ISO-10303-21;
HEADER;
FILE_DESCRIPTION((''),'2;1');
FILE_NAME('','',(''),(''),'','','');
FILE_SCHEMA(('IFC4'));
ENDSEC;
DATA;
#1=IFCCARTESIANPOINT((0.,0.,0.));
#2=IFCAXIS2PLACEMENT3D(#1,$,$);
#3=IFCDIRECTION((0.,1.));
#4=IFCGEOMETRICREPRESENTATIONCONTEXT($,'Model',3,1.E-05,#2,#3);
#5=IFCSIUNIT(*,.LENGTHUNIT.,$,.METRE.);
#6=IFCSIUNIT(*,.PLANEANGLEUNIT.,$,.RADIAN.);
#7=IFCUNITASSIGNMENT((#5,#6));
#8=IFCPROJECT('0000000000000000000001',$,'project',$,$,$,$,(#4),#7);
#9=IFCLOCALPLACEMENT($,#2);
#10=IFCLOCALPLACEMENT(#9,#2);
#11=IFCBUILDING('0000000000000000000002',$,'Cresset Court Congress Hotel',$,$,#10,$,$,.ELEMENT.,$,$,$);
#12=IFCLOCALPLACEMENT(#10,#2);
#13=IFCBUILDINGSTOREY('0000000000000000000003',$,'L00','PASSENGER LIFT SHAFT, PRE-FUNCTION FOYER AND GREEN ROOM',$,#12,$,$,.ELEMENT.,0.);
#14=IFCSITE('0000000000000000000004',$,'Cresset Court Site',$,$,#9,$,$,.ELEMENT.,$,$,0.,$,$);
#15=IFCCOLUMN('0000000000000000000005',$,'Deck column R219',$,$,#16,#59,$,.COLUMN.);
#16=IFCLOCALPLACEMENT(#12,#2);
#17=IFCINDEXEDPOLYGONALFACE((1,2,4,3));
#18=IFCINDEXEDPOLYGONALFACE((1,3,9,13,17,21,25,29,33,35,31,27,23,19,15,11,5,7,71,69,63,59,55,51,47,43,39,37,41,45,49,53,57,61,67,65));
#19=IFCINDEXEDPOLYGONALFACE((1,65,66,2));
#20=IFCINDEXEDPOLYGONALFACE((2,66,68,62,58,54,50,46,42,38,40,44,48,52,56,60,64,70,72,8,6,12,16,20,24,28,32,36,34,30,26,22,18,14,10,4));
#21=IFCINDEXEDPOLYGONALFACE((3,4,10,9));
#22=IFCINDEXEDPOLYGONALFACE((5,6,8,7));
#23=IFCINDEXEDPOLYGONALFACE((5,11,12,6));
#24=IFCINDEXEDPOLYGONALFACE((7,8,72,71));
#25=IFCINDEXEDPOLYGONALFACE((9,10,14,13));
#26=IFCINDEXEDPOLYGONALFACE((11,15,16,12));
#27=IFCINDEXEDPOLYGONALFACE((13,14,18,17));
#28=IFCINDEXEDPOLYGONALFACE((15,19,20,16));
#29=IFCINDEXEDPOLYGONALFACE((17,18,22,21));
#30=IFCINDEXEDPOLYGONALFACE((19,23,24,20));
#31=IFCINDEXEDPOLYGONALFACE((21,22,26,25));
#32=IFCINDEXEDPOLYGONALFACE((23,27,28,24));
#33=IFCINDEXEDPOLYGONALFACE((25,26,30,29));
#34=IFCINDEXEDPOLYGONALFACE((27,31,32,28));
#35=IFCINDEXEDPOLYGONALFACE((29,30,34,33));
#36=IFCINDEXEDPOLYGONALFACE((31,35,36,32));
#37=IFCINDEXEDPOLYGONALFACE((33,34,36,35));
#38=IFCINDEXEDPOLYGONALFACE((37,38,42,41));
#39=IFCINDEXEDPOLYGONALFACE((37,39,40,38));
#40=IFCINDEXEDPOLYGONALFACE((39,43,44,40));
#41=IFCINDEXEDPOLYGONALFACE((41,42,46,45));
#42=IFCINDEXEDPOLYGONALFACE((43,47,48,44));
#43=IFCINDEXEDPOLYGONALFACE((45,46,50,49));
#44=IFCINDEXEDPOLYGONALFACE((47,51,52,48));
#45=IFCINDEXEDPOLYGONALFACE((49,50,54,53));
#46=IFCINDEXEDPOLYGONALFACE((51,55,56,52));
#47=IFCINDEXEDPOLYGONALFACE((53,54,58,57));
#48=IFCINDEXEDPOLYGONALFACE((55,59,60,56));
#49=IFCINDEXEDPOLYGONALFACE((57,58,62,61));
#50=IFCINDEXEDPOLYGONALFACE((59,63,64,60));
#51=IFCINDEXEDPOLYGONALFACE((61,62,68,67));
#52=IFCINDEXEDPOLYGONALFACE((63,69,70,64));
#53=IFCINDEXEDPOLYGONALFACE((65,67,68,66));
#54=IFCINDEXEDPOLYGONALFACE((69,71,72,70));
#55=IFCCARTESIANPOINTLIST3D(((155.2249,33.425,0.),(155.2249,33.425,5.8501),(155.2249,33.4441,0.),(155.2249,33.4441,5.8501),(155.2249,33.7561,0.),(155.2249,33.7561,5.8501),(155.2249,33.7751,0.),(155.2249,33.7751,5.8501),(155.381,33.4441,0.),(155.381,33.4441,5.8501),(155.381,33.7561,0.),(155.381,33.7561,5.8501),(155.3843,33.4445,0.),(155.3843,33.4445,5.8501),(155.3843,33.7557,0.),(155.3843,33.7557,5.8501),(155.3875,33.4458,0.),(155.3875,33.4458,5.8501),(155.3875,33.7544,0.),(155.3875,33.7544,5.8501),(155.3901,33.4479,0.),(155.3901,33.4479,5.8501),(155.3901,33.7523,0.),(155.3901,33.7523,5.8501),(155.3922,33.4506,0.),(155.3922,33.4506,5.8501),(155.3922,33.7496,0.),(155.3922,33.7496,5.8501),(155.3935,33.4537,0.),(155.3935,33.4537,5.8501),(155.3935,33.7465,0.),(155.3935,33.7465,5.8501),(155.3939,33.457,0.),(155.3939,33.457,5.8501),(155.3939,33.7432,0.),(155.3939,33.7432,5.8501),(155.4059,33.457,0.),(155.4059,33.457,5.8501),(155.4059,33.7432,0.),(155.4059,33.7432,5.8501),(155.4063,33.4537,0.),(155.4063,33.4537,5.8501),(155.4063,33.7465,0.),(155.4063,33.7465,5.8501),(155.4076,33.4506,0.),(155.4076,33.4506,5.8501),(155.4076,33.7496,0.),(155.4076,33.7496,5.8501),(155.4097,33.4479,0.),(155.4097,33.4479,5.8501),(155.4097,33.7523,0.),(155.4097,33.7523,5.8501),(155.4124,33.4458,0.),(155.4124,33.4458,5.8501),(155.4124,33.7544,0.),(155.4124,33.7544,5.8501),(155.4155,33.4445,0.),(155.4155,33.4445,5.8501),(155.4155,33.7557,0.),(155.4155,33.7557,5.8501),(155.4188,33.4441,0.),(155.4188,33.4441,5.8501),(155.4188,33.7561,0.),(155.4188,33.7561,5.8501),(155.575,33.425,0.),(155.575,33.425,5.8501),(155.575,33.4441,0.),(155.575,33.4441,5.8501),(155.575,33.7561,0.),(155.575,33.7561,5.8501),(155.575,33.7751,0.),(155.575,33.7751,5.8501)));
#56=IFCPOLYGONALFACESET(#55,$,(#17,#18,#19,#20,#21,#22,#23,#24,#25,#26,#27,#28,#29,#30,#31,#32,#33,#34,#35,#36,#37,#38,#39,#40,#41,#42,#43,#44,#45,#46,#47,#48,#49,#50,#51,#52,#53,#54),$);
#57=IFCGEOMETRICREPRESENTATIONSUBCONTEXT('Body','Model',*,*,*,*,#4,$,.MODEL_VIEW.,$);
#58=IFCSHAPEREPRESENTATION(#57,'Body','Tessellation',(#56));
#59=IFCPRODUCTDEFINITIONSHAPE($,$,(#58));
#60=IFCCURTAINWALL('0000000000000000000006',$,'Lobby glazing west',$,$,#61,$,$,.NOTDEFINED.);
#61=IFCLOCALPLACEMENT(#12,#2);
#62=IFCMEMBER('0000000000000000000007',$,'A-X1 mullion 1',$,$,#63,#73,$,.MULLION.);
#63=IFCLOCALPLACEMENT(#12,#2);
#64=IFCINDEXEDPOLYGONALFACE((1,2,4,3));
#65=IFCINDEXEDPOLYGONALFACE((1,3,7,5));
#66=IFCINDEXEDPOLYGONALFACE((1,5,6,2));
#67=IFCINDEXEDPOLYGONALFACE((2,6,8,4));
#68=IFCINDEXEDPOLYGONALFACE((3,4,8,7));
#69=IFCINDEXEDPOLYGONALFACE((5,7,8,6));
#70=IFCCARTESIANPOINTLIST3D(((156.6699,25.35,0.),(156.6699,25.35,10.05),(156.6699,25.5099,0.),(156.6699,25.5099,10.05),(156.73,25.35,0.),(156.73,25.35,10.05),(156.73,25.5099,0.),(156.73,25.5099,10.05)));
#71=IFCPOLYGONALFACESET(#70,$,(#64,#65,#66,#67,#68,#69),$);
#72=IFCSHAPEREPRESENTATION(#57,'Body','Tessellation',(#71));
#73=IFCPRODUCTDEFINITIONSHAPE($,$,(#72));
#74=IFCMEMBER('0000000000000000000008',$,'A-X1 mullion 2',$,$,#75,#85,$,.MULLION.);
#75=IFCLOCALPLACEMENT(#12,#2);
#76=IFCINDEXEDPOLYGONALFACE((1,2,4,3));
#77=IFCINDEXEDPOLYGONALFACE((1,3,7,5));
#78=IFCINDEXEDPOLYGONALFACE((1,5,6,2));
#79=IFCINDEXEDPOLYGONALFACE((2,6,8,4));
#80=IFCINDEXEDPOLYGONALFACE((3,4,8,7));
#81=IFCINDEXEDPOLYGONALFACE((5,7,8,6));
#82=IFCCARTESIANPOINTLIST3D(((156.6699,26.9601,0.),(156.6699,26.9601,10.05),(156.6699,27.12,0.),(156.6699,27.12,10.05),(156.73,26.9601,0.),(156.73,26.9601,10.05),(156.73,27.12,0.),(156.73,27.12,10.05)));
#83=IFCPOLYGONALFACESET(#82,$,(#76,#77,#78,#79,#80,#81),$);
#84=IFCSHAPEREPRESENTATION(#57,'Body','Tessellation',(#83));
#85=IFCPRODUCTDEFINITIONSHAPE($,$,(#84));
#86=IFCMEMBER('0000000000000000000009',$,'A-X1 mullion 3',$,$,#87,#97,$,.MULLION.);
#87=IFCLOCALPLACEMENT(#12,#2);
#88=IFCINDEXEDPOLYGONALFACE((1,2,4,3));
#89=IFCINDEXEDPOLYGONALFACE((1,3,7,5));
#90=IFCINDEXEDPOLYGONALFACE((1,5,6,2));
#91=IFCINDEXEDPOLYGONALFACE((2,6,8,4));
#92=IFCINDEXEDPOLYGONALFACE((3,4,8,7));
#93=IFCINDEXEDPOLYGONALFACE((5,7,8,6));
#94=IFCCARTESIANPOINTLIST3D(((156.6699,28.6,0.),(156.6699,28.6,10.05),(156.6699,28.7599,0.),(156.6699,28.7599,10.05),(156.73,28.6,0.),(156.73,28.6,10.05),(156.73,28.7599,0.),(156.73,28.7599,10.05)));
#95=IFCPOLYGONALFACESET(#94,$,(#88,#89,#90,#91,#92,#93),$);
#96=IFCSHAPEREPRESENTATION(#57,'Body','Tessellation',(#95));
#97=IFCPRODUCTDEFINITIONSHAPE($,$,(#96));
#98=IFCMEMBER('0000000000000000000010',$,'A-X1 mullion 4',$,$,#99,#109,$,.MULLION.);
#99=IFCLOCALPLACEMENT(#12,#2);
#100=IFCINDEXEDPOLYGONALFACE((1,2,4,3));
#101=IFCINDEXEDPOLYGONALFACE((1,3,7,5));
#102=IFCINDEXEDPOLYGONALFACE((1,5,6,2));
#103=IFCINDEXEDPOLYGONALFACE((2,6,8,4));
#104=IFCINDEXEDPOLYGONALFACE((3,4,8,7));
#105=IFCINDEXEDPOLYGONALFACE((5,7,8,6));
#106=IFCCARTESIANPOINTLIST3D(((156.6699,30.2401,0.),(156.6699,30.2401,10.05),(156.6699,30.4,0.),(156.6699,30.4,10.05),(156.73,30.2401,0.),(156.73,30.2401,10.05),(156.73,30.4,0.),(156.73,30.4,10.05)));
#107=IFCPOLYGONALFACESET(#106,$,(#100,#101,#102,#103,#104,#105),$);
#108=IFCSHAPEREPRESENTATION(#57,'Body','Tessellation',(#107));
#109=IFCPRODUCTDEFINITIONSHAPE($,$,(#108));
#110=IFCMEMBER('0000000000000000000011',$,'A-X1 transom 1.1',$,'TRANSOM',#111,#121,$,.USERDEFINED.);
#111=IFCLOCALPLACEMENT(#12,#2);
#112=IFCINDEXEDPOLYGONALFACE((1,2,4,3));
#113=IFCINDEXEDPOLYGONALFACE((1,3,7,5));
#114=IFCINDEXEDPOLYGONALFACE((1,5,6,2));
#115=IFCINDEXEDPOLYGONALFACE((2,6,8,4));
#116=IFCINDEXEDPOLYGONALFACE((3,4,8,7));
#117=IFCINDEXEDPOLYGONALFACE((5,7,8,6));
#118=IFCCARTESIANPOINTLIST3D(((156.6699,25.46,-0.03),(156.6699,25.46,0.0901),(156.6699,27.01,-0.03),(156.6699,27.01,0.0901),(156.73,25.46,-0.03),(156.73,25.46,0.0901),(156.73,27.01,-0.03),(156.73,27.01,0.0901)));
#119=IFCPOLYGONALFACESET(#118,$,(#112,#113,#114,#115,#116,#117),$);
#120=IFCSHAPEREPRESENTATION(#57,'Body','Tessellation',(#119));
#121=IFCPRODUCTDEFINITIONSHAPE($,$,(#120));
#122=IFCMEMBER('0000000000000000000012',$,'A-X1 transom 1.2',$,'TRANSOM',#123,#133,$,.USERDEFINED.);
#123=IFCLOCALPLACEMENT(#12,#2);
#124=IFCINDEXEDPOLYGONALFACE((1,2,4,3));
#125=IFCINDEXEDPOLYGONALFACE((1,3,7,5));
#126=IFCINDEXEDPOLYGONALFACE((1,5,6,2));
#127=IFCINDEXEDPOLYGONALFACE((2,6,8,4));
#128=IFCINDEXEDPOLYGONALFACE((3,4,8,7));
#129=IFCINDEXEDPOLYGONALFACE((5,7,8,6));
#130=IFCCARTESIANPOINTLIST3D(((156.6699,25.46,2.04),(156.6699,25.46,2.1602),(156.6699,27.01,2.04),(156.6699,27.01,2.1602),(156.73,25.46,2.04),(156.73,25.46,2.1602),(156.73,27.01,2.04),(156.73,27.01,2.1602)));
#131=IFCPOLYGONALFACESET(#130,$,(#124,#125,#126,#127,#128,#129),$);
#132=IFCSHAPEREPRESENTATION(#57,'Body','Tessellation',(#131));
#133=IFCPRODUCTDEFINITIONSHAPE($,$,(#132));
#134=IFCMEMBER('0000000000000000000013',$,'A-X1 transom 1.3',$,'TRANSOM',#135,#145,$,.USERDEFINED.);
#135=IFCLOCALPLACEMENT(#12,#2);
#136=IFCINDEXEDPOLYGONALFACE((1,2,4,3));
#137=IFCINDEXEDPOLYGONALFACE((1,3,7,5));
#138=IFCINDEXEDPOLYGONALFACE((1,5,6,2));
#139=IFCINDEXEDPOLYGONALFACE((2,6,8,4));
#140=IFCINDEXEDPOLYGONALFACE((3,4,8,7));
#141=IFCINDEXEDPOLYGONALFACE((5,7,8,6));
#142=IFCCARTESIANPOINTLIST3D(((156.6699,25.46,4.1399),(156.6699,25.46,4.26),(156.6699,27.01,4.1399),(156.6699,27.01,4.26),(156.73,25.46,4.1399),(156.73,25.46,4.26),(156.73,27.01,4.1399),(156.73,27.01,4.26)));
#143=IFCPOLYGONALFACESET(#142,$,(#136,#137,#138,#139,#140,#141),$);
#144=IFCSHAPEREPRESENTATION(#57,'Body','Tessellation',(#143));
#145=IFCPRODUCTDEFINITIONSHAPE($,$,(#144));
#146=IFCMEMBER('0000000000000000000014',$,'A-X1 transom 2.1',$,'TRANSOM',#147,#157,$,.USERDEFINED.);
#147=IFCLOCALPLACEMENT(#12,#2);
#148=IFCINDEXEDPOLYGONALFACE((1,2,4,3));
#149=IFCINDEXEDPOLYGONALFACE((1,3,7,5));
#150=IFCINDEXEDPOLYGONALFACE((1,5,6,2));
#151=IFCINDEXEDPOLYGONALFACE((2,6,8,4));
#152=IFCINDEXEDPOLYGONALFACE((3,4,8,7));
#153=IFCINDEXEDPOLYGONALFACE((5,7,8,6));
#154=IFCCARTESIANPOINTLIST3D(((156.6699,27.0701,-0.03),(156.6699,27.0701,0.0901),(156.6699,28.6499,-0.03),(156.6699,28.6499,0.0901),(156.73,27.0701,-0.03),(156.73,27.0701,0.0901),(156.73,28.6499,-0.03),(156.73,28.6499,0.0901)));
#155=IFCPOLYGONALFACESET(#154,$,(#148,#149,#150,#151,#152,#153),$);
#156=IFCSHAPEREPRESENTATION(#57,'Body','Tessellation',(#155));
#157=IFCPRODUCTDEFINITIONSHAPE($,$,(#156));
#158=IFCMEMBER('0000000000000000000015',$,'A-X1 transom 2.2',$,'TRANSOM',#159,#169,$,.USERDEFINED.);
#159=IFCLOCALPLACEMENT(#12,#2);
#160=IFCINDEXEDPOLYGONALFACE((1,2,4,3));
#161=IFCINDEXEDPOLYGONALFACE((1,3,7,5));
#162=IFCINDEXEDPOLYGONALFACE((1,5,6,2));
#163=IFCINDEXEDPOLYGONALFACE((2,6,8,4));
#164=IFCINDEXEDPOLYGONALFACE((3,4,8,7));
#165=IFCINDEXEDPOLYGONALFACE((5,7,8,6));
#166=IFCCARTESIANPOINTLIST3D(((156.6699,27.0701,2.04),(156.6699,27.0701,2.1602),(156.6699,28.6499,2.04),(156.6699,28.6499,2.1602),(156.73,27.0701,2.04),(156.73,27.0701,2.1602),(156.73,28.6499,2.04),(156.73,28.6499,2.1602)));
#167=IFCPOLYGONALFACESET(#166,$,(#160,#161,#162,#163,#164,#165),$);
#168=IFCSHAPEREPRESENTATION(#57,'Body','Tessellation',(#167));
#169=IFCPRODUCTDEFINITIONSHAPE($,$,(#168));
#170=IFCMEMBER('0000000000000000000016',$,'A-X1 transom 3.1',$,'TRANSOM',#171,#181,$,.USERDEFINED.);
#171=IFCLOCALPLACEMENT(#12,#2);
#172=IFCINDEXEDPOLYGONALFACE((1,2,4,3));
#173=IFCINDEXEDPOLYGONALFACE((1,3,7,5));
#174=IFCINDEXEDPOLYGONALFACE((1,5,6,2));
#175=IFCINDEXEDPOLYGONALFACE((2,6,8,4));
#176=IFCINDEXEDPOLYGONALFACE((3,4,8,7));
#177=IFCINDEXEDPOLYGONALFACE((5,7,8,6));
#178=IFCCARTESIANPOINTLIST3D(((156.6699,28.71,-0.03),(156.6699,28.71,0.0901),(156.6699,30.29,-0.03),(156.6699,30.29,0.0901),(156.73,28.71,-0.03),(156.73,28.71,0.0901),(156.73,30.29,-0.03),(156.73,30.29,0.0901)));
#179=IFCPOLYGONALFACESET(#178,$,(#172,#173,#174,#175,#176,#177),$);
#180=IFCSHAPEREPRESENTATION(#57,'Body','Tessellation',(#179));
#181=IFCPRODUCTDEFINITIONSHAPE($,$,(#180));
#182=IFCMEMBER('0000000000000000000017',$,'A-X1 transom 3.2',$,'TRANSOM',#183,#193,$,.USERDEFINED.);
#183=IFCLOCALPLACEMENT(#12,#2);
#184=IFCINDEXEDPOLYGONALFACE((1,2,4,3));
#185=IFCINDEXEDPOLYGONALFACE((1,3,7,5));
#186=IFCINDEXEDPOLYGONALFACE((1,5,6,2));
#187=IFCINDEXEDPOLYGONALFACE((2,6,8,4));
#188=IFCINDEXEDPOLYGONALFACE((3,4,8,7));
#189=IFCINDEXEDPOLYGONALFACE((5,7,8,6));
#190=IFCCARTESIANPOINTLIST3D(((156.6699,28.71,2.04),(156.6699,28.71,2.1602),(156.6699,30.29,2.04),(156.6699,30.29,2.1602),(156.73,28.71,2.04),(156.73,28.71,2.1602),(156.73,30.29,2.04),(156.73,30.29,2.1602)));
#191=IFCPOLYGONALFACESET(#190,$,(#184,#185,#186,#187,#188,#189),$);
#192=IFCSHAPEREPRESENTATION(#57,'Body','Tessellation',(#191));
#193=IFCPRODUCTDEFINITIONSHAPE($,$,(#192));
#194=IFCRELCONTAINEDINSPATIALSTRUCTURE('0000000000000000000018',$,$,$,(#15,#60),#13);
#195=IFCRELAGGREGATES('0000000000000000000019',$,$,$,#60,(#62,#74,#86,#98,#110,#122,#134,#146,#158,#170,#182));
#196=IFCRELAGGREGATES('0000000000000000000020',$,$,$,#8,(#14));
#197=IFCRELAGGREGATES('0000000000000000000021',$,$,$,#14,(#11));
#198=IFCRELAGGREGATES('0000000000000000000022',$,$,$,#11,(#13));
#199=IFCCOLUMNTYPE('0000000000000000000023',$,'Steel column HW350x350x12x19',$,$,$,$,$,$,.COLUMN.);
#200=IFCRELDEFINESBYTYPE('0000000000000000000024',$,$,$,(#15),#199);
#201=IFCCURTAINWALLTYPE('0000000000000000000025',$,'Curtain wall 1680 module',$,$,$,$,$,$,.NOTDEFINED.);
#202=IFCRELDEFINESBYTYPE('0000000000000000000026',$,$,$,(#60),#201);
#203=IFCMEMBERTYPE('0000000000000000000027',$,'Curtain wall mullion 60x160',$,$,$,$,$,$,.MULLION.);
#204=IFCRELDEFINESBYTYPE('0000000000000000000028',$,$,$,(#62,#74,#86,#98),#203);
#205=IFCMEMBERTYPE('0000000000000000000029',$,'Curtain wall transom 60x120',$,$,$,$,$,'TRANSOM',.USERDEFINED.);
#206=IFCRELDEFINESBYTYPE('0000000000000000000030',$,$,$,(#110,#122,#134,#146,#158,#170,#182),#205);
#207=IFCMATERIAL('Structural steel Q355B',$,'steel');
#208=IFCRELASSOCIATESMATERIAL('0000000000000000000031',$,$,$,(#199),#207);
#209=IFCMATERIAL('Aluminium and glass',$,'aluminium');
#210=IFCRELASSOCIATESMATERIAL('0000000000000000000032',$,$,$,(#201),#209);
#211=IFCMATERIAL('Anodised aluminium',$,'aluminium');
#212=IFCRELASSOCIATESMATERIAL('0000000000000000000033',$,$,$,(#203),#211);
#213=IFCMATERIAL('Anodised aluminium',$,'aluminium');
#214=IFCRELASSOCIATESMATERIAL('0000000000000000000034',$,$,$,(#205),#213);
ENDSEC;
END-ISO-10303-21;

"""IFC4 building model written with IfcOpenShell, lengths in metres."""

from ifc_helpers import new_model, si_unit, direction, frame, origin, origin_2d, place, context, subcontext, project, spatial, rectangle, i_section, extrude, material, material_profile, profile_set, type_object, element, aggregate, save


model = new_model("IFC4")

# Units and contexts
model_context = context("Model", 3, precision=1e-05, world=origin(), true_north=direction((0.0, 1.0)))
body_context = subcontext(model_context, "Body", "Model", "MODEL_VIEW")
ifc_project = project(units=[si_unit("LENGTHUNIT", "METRE"), si_unit("PLANEANGLEUNIT", "RADIAN")], contexts=[model_context])

# Site, building, storey
site_placement = place(None, origin())
site = spatial("IfcSite", under=ifc_project, at=site_placement, Name="Cresset Court Site", CompositionType="ELEMENT", RefElevation=0.0)
building_placement = place(site_placement, origin())
building = spatial("IfcBuilding", under=site, at=building_placement, Name="Cresset Court Congress Hotel", CompositionType="ELEMENT")
storey_placement = place(building_placement, origin())
storey = spatial("IfcBuildingStorey", under=building, at=storey_placement, Name="L00", Description="PASSENGER LIFT SHAFT, PRE-FUNCTION FOYER AND GREEN ROOM", CompositionType="ELEMENT", Elevation=0.0)

# Column
ifc_material_1 = material(Name="Structural steel Q355B", Category="steel")
ifc_material_profile_1 = material_profile(ifc_material_1, i_section(OverallWidth=0.3501, OverallDepth=0.3501, WebThickness=0.012, FlangeThickness=0.019, FilletRadius=0.0129, at=origin_2d()), Name="HW350x350x12x19")
ifc_profile_set_1 = profile_set([ifc_material_profile_1], Name="Structural steel Q355B")
column_type = type_object("IfcColumnType", Name="Steel column HW350x350x12x19", PredefinedType="COLUMN", material=ifc_profile_set_1)
column_placement = place(storey_placement, frame((155.3999, 33.6001, 0.0), z_axis=(0.0, 0.0, 1.0), x_axis=(1.0, 0.0, 0.0)))
element("IfcColumn", 1, at=column_placement, inside=storey, type_object=column_type, Name="Deck column R219", PredefinedType="COLUMN", context=body_context, shape_type="SweptSolid", body=[
    extrude(i_section(OverallWidth=0.3501, OverallDepth=0.3501, WebThickness=0.012, FlangeThickness=0.019, FilletRadius=0.0129, at=origin_2d()), origin(), (0.0, 0.0, 1.0), 5.8501),
])

# Curtain wall, members
ifc_material_2 = material(Name="Aluminium and glass", Category="aluminium")
curtain_wall_type = type_object("IfcCurtainWallType", Name="Curtain wall 1680 module", PredefinedType="NOTDEFINED", material=ifc_material_2)
curtain_wall_placement = place(storey_placement, origin())
curtain_wall = element("IfcCurtainWall", 2, at=curtain_wall_placement, inside=storey, type_object=curtain_wall_type, Name="Lobby glazing west", PredefinedType="NOTDEFINED")
ifc_material_3 = material(Name="Anodised aluminium", Category="aluminium")
ifc_material_profile_2 = material_profile(ifc_material_3, rectangle(XDim=0.0601, YDim=0.1599, at=origin_2d()), Name="AL60x160")
ifc_profile_set_2 = profile_set([ifc_material_profile_2], Name="Anodised aluminium")
member_type_1 = type_object("IfcMemberType", Name="Curtain wall mullion 60x160", PredefinedType="MULLION", material=ifc_profile_set_2)
member_1_placement = place(storey_placement, frame((156.7, 25.4299, 0.0), z_axis=(0.0, 0.0, 1.0), x_axis=(-1.0, 0.0, 0.0)))
member_1 = element("IfcMember", 3, at=member_1_placement, type_object=member_type_1, Name="A-X1 mullion 1", PredefinedType="MULLION", context=body_context, shape_type="SweptSolid", body=[
    extrude(rectangle(XDim=0.0601, YDim=0.1599, at=origin_2d()), origin(), (0.0, 0.0, 1.0), 10.05),
])
member_2_placement = place(storey_placement, frame((156.7, 27.04, 0.0), z_axis=(0.0, 0.0, 1.0), x_axis=(-1.0, 0.0, 0.0)))
member_2 = element("IfcMember", 4, at=member_2_placement, type_object=member_type_1, Name="A-X1 mullion 2", PredefinedType="MULLION", context=body_context, shape_type="SweptSolid", body=[
    extrude(rectangle(XDim=0.0601, YDim=0.1599, at=origin_2d()), origin(), (0.0, 0.0, 1.0), 10.05),
])
member_3_placement = place(storey_placement, frame((156.7, 28.6799, 0.0), z_axis=(0.0, 0.0, 1.0), x_axis=(-1.0, 0.0, 0.0)))
member_3 = element("IfcMember", 5, at=member_3_placement, type_object=member_type_1, Name="A-X1 mullion 3", PredefinedType="MULLION", context=body_context, shape_type="SweptSolid", body=[
    extrude(rectangle(XDim=0.0601, YDim=0.1599, at=origin_2d()), origin(), (0.0, 0.0, 1.0), 10.05),
])
member_4_placement = place(storey_placement, frame((156.7, 30.3201, 0.0), z_axis=(0.0, 0.0, 1.0), x_axis=(-1.0, 0.0, 0.0)))
member_4 = element("IfcMember", 6, at=member_4_placement, type_object=member_type_1, Name="A-X1 mullion 4", PredefinedType="MULLION", context=body_context, shape_type="SweptSolid", body=[
    extrude(rectangle(XDim=0.0601, YDim=0.1599, at=origin_2d()), origin(), (0.0, 0.0, 1.0), 10.05),
])
ifc_material_4 = material(Name="Anodised aluminium", Category="aluminium")
ifc_material_profile_3 = material_profile(ifc_material_4, rectangle(XDim=0.0601, YDim=0.1201, at=origin_2d()), Name="AL60x120")
ifc_profile_set_3 = profile_set([ifc_material_profile_3], Name="Anodised aluminium")
member_type_2 = type_object("IfcMemberType", Name="Curtain wall transom 60x120", ElementType="TRANSOM", PredefinedType="USERDEFINED", material=ifc_profile_set_3)
member_5_placement = place(storey_placement, frame((156.7, 25.46, 0.03), z_axis=(0.0, 1.0, 0.0), x_axis=(-1.0, 0.0, 0.0)))
member_5 = element("IfcMember", 7, at=member_5_placement, type_object=member_type_2, Name="A-X1 transom 1.1", ObjectType="TRANSOM", PredefinedType="USERDEFINED", context=body_context, shape_type="SweptSolid", body=[
    extrude(rectangle(XDim=0.0601, YDim=0.1201, at=origin_2d()), origin(), (0.0, 0.0, 1.0), 1.55),
])
member_6_placement = place(storey_placement, frame((156.7, 25.46, 2.1001), z_axis=(0.0, 1.0, 0.0), x_axis=(-1.0, 0.0, 0.0)))
member_6 = element("IfcMember", 8, at=member_6_placement, type_object=member_type_2, Name="A-X1 transom 1.2", ObjectType="TRANSOM", PredefinedType="USERDEFINED", context=body_context, shape_type="SweptSolid", body=[
    extrude(rectangle(XDim=0.0601, YDim=0.1201, at=origin_2d()), origin(), (0.0, 0.0, 1.0), 1.55),
])
member_7_placement = place(storey_placement, frame((156.7, 25.46, 4.2), z_axis=(0.0, 1.0, 0.0), x_axis=(-1.0, 0.0, 0.0)))
member_7 = element("IfcMember", 9, at=member_7_placement, type_object=member_type_2, Name="A-X1 transom 1.3", ObjectType="TRANSOM", PredefinedType="USERDEFINED", context=body_context, shape_type="SweptSolid", body=[
    extrude(rectangle(XDim=0.0601, YDim=0.1201, at=origin_2d()), origin(), (0.0, 0.0, 1.0), 1.55),
])
member_8_placement = place(storey_placement, frame((156.7, 27.0701, 0.03), z_axis=(0.0, 1.0, 0.0), x_axis=(-1.0, 0.0, 0.0)))
member_8 = element("IfcMember", 10, at=member_8_placement, type_object=member_type_2, Name="A-X1 transom 2.1", ObjectType="TRANSOM", PredefinedType="USERDEFINED", context=body_context, shape_type="SweptSolid", body=[
    extrude(rectangle(XDim=0.0601, YDim=0.1201, at=origin_2d()), origin(), (0.0, 0.0, 1.0), 1.5798),
])
member_9_placement = place(storey_placement, frame((156.7, 27.0701, 2.1001), z_axis=(0.0, 1.0, 0.0), x_axis=(-1.0, 0.0, 0.0)))
member_9 = element("IfcMember", 11, at=member_9_placement, type_object=member_type_2, Name="A-X1 transom 2.2", ObjectType="TRANSOM", PredefinedType="USERDEFINED", context=body_context, shape_type="SweptSolid", body=[
    extrude(rectangle(XDim=0.0601, YDim=0.1201, at=origin_2d()), origin(), (0.0, 0.0, 1.0), 1.5798),
])
member_10_placement = place(storey_placement, frame((156.7, 28.71, 0.03), z_axis=(0.0, 1.0, 0.0), x_axis=(-1.0, 0.0, 0.0)))
member_10 = element("IfcMember", 12, at=member_10_placement, type_object=member_type_2, Name="A-X1 transom 3.1", ObjectType="TRANSOM", PredefinedType="USERDEFINED", context=body_context, shape_type="SweptSolid", body=[
    extrude(rectangle(XDim=0.0601, YDim=0.1201, at=origin_2d()), origin(), (0.0, 0.0, 1.0), 1.5801),
])
member_11_placement = place(storey_placement, frame((156.7, 28.71, 2.1001), z_axis=(0.0, 1.0, 0.0), x_axis=(-1.0, 0.0, 0.0)))
member_11 = element("IfcMember", 13, at=member_11_placement, type_object=member_type_2, Name="A-X1 transom 3.2", ObjectType="TRANSOM", PredefinedType="USERDEFINED", context=body_context, shape_type="SweptSolid", body=[
    extrude(rectangle(XDim=0.0601, YDim=0.1201, at=origin_2d()), origin(), (0.0, 0.0, 1.0), 1.5801),
])
aggregate(curtain_wall, [member_1, member_2, member_3, member_4, member_5, member_6, member_7, member_8, member_9, member_10, member_11])

save(model, "model.ifc")
